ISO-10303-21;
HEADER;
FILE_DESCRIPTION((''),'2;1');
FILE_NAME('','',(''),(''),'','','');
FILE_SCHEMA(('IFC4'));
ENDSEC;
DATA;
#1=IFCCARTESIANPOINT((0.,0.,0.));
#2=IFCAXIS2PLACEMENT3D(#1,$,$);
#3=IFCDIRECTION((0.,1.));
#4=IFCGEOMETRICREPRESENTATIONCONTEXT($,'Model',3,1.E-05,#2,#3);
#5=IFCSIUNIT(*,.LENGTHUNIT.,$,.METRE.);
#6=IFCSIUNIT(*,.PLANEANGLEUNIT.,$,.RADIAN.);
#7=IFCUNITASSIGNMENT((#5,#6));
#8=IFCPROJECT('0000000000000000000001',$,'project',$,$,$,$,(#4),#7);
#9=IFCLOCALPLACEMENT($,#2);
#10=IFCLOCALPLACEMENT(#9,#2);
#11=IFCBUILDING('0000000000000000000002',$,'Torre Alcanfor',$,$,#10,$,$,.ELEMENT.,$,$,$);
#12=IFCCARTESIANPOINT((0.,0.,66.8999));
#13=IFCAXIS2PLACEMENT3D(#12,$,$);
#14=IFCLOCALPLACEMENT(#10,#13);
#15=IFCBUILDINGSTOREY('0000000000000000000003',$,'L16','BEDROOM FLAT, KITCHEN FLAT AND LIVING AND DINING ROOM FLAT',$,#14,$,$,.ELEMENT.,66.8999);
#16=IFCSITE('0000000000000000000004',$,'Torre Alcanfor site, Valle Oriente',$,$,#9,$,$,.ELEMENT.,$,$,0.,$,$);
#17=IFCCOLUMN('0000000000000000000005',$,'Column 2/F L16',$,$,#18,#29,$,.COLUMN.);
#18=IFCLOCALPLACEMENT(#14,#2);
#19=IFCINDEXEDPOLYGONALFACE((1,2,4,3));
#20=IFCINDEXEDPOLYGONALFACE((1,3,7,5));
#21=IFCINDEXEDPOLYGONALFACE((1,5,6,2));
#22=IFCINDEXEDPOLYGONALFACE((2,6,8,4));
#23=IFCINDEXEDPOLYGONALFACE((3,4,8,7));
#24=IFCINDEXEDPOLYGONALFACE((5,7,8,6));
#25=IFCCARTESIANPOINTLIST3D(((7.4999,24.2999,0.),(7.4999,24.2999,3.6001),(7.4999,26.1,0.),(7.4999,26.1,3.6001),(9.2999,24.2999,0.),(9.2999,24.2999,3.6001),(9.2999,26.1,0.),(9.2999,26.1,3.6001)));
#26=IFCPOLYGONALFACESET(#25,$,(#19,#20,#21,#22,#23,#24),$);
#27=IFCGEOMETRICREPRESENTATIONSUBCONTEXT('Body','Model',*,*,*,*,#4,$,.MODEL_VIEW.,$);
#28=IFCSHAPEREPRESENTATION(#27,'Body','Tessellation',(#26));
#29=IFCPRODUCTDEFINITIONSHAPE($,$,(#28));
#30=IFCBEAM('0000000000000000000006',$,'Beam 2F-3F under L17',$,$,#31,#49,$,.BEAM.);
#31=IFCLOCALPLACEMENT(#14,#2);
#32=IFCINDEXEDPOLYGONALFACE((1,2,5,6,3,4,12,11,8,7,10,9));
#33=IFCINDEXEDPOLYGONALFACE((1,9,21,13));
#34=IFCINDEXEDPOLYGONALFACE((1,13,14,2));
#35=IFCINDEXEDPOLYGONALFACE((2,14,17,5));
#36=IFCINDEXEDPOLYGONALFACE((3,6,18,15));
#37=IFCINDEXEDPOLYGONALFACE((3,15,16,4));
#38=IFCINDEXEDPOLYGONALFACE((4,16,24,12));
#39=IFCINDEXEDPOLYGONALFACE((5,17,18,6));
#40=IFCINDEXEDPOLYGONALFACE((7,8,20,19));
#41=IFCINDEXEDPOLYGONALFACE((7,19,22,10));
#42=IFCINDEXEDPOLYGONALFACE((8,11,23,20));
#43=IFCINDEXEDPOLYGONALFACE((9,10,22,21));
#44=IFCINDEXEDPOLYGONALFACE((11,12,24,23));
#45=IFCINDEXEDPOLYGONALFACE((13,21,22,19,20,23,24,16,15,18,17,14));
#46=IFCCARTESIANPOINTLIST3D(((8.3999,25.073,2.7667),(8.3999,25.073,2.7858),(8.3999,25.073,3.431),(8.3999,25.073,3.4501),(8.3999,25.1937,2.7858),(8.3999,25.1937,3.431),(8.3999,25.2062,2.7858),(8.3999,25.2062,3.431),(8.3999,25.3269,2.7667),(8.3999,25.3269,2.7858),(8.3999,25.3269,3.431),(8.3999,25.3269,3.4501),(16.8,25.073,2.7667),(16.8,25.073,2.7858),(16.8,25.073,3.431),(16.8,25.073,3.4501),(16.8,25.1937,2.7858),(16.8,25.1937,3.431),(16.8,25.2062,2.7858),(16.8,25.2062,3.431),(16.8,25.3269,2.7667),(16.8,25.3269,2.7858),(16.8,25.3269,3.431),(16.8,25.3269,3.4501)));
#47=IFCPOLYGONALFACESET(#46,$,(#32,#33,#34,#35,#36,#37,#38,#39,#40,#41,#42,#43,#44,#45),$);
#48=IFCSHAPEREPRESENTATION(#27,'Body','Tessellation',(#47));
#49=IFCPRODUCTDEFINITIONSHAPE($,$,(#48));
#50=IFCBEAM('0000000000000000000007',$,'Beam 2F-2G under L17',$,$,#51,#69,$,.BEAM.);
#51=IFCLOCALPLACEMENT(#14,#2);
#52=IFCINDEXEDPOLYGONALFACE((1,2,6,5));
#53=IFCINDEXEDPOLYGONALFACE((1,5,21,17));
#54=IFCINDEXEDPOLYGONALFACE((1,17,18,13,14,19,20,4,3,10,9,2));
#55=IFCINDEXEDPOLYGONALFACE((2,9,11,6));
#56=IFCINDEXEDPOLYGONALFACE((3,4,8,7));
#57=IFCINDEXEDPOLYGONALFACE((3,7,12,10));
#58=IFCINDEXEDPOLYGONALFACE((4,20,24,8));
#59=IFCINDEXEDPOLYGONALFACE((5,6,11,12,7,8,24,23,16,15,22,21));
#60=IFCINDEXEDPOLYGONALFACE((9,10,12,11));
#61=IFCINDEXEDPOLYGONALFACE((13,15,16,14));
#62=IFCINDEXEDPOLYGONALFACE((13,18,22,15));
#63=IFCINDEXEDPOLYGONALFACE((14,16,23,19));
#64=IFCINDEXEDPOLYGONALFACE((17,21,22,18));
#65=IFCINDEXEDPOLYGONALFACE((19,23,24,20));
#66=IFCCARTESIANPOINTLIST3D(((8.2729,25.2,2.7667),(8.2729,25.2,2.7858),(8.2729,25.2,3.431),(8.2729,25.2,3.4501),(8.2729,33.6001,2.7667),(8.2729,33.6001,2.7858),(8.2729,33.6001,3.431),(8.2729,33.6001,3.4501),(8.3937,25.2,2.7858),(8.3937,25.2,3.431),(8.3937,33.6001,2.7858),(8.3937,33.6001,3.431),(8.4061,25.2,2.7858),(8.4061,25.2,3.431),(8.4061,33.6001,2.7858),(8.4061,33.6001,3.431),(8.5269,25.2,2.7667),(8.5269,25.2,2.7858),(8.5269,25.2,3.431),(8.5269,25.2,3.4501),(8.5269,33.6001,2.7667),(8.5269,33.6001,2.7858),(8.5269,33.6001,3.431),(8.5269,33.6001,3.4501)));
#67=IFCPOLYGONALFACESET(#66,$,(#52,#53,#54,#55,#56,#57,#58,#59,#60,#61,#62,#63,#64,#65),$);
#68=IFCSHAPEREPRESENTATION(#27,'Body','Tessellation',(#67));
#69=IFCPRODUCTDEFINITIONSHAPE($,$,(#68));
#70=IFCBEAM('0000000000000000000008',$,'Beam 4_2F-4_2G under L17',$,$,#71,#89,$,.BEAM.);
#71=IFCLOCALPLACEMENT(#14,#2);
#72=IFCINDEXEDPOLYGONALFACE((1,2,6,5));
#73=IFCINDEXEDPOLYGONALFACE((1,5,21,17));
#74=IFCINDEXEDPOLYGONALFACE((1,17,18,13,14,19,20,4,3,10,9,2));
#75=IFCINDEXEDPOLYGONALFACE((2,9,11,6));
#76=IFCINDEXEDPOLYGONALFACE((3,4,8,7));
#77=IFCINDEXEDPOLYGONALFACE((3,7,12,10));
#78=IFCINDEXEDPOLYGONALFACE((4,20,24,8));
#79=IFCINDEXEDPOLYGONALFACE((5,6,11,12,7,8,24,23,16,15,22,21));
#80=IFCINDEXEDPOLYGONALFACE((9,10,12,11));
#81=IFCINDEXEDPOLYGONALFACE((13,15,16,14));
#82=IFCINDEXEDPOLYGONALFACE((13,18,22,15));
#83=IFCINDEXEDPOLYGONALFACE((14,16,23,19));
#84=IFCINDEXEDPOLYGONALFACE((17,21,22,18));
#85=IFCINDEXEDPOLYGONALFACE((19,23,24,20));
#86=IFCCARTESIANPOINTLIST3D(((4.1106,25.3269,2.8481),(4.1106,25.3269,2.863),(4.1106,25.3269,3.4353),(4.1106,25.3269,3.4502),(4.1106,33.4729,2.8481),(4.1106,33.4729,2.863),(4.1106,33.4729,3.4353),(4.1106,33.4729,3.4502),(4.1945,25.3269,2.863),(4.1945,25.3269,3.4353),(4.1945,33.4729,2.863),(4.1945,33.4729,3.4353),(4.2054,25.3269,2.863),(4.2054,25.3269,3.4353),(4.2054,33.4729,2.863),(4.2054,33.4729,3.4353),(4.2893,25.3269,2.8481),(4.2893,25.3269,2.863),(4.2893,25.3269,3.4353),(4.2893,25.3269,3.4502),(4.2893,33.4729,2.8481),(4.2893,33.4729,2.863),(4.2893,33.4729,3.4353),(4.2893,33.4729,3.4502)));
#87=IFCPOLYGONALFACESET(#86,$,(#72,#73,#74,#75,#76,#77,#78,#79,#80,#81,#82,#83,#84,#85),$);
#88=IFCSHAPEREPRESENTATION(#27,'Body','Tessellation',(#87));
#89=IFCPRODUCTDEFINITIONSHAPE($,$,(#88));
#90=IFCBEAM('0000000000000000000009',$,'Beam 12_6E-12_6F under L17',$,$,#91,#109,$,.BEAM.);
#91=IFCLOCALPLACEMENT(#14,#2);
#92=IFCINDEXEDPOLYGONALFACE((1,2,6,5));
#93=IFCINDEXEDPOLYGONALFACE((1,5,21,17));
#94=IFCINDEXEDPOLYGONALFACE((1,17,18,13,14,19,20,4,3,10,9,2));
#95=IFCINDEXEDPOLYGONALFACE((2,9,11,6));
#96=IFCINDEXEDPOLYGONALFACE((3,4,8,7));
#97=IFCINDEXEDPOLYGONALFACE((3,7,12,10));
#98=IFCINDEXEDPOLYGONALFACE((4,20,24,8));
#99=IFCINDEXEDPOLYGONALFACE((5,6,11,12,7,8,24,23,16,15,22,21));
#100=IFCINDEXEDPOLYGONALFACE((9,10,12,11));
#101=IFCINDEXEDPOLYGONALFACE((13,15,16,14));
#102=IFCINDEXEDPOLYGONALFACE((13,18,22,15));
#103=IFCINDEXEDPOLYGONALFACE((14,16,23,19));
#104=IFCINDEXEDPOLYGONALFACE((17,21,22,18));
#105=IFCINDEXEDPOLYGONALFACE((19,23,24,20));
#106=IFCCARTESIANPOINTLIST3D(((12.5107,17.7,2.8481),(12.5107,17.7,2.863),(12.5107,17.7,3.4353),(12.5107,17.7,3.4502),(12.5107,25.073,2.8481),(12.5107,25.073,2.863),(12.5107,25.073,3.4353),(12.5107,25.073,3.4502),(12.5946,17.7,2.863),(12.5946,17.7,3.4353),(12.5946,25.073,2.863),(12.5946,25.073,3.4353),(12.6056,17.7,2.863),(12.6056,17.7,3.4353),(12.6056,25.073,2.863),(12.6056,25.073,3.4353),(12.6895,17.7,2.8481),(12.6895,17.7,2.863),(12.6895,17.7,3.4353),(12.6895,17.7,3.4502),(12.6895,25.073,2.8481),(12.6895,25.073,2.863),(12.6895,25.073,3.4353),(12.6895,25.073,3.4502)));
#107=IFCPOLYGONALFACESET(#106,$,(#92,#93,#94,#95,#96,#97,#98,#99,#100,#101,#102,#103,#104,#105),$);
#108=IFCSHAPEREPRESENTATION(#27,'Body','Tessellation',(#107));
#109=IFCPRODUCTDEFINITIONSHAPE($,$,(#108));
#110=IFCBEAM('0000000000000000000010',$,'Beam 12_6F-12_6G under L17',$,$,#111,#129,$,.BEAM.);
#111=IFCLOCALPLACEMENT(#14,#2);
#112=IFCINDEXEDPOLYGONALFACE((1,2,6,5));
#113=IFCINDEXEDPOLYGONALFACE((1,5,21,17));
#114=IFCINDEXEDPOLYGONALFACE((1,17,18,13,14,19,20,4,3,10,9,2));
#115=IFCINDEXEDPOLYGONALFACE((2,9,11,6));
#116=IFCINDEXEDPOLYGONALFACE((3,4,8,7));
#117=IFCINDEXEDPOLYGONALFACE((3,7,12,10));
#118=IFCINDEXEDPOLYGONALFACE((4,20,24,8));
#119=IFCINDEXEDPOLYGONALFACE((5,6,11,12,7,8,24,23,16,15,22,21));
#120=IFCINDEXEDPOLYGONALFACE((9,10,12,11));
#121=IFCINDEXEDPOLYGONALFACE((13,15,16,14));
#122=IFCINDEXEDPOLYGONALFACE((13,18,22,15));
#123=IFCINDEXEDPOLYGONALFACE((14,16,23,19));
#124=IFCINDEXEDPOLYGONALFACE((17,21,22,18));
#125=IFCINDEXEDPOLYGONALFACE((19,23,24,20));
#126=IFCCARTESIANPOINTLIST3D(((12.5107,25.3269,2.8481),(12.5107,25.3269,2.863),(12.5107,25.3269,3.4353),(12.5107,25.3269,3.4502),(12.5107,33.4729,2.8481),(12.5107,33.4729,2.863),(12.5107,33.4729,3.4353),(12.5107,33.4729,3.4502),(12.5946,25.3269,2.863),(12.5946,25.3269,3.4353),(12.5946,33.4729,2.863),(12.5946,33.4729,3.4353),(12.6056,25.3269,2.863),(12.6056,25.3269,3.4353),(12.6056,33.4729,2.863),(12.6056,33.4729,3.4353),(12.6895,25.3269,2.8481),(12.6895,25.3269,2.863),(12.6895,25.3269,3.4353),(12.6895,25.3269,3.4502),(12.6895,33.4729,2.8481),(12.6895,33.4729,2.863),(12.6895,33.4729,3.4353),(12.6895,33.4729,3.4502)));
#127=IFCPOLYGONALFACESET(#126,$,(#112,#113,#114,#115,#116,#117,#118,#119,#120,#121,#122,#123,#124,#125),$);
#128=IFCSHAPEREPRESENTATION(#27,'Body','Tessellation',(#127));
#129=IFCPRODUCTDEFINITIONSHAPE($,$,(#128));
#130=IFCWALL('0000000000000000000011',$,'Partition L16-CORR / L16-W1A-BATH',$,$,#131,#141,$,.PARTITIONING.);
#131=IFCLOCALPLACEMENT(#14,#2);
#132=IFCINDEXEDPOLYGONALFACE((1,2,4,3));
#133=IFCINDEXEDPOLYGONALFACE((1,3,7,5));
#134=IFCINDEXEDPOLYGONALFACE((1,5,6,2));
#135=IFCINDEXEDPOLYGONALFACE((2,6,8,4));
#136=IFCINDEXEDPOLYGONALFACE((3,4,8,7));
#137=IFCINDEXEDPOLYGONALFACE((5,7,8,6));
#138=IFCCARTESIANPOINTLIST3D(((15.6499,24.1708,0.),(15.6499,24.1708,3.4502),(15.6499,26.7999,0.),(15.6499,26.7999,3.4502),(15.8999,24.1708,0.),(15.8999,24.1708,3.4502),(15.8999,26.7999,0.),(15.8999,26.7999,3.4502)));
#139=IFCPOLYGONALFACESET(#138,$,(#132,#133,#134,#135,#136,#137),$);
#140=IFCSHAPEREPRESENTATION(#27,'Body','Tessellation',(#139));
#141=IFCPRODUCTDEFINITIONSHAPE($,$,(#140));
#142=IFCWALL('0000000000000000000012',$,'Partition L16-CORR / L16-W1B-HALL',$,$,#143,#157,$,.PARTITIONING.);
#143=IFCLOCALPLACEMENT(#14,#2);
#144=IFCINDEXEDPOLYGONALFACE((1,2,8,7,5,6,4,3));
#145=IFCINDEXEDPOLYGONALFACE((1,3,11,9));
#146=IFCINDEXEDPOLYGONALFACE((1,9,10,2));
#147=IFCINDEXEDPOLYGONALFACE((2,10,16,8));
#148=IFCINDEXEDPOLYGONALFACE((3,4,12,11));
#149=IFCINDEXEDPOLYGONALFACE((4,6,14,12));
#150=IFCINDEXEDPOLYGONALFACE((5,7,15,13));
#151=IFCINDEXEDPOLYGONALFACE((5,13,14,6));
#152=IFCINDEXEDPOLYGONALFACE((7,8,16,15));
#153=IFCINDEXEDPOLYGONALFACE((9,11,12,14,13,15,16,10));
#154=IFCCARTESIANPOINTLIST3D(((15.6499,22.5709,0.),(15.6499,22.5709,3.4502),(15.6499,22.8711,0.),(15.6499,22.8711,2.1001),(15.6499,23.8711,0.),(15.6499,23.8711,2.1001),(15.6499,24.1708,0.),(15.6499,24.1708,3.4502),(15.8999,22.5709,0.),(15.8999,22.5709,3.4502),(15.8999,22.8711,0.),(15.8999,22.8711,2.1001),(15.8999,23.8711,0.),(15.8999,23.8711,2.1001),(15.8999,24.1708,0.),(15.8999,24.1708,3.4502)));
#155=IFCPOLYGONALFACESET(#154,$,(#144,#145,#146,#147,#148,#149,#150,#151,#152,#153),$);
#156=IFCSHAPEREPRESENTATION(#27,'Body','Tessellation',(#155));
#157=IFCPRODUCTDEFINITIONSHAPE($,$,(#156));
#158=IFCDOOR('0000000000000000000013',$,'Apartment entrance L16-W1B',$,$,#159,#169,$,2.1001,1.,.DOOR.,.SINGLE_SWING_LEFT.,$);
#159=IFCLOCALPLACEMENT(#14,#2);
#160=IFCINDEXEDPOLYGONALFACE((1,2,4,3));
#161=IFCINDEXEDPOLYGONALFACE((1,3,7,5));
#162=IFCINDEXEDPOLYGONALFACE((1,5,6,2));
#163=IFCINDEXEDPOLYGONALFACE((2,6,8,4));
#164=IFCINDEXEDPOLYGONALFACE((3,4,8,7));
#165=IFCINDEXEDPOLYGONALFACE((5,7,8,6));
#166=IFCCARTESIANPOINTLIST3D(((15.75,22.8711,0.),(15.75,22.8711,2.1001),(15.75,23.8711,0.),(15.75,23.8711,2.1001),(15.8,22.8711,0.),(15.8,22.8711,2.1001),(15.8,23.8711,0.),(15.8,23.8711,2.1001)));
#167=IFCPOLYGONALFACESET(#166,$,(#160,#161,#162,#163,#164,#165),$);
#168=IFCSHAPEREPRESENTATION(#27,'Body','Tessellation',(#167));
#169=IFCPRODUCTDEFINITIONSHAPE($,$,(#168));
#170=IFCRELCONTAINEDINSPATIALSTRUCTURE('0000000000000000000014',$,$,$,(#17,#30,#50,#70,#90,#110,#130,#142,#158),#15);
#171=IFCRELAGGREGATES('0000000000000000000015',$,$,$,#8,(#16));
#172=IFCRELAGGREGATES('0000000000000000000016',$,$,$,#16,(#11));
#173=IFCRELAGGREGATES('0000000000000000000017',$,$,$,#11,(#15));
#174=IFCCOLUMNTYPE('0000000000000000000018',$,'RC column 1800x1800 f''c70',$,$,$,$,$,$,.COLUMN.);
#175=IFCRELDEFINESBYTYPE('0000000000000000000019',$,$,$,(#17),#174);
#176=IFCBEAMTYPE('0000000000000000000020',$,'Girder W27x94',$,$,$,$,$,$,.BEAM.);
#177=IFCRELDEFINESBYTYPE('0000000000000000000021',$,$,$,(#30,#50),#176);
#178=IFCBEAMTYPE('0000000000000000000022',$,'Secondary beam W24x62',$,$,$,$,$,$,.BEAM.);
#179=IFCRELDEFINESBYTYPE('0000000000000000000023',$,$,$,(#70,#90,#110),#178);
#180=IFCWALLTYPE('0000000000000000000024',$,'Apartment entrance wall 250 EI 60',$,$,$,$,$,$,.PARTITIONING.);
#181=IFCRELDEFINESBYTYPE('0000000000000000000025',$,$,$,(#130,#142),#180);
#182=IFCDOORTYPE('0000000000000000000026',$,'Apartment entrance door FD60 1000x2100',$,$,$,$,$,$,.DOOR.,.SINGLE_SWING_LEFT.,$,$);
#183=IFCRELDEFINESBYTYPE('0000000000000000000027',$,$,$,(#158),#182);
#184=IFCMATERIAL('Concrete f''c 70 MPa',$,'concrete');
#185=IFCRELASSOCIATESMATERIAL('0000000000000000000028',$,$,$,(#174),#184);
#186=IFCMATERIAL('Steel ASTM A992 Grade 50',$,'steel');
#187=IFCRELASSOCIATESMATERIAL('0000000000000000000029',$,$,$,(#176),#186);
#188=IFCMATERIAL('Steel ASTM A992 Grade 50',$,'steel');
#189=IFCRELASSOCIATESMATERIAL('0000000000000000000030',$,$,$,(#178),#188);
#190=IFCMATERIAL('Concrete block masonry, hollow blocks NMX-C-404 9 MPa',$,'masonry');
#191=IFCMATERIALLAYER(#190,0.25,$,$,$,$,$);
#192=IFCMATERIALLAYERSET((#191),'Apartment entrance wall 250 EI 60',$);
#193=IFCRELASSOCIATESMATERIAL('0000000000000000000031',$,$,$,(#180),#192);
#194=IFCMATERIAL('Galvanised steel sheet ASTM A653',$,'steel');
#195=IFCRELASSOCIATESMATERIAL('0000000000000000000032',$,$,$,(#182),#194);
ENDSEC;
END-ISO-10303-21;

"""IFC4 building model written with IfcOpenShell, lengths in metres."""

from ifc_helpers import new_model, si_unit, direction, frame, frame_2d, origin, origin_2d, place, context, subcontext, project, spatial, rectangle, i_section, extrude, material, layer, layer_set, material_profile, profile_set, type_object, element, fill, save


model = new_model("IFC4")

# Units and contexts
model_context = context("Model", 3, precision=1e-05, world=origin(), true_north=direction((0.0, 1.0)))
body_context = subcontext(model_context, "Body", "Model", "MODEL_VIEW")
ifc_project = project(units=[si_unit("LENGTHUNIT", "METRE"), si_unit("PLANEANGLEUNIT", "RADIAN")], contexts=[model_context])

# Site, building, storey
site_placement = place(None, origin())
site = spatial("IfcSite", under=ifc_project, at=site_placement, Name="Torre Alcanfor site, Valle Oriente", CompositionType="ELEMENT", RefElevation=0.0)
building_placement = place(site_placement, origin())
building = spatial("IfcBuilding", under=site, at=building_placement, Name="Torre Alcanfor", CompositionType="ELEMENT")
storey_placement = place(building_placement, frame((0.0, 0.0, 66.8999)))
storey = spatial("IfcBuildingStorey", under=building, at=storey_placement, Name="L16", Description="BEDROOM FLAT, KITCHEN FLAT AND LIVING AND DINING ROOM FLAT", CompositionType="ELEMENT", Elevation=66.8999)

# Column
ifc_material_1 = material(Name="Concrete f'c 70 MPa", Category="concrete")
ifc_material_profile_1 = material_profile(ifc_material_1, rectangle(XDim=1.8, YDim=1.8, at=origin_2d()), Name="1800x1800")
ifc_profile_set_1 = profile_set([ifc_material_profile_1], Name="Concrete f'c 70 MPa")
column_type = type_object("IfcColumnType", Name="RC column 1800x1800 f'c70", PredefinedType="COLUMN", material=ifc_profile_set_1)
column_placement = place(storey_placement, frame((8.3999, 25.2, 0.0), z_axis=(0.0, 0.0, 1.0), x_axis=(1.0, 0.0, 0.0)))
element("IfcColumn", 1, at=column_placement, inside=storey, type_object=column_type, Name="Column 2/F L16", PredefinedType="COLUMN", context=body_context, shape_type="SweptSolid", body=[
    extrude(rectangle(XDim=1.8, YDim=1.8, at=origin_2d()), origin(), (0.0, 0.0, 1.0), 3.6001),
])

# Beams
ifc_material_2 = material(Name="Steel ASTM A992 Grade 50", Category="steel")
ifc_material_profile_2 = material_profile(ifc_material_2, i_section(OverallWidth=0.2539, OverallDepth=0.6833, WebThickness=0.0125, FlangeThickness=0.019, at=origin_2d()), Name="W27x94")
ifc_profile_set_2 = profile_set([ifc_material_profile_2], Name="Steel ASTM A992 Grade 50")
beam_type_1 = type_object("IfcBeamType", Name="Girder W27x94", PredefinedType="BEAM", material=ifc_profile_set_2)
for number, where, z_axis, x_axis, name in (
    (2, (8.3999, 25.2, 3.1084), (1.0, 0.0, 0.0), (0.0, 1.0, 0.0), "Beam 2F-3F under L17"),
    (3, (8.3999, 25.2, 3.1084), (0.0, 1.0, 0.0), (-1.0, 0.0, 0.0), "Beam 2F-2G under L17"),
):
    element("IfcBeam", number, at=place(storey_placement, frame(where, z_axis=z_axis, x_axis=x_axis)), inside=storey, type_object=beam_type_1, Name=name, PredefinedType="BEAM", context=body_context, shape_type="SweptSolid", body=[
        extrude(i_section(OverallWidth=0.2539, OverallDepth=0.6833, WebThickness=0.0125, FlangeThickness=0.019, at=origin_2d()), origin(), (0.0, 0.0, 1.0), 8.4001),
    ])
ifc_material_3 = material(Name="Steel ASTM A992 Grade 50", Category="steel")
ifc_material_profile_3 = material_profile(ifc_material_3, i_section(OverallWidth=0.1787, OverallDepth=0.6021, WebThickness=0.011, FlangeThickness=0.0149, at=origin_2d()), Name="W24x62")
ifc_profile_set_3 = profile_set([ifc_material_profile_3], Name="Steel ASTM A992 Grade 50")
beam_type_2 = type_object("IfcBeamType", Name="Secondary beam W24x62", PredefinedType="BEAM", material=ifc_profile_set_3)
beam_1_placement = place(storey_placement, frame((4.2, 25.3269, 3.1492), z_axis=(0.0, 1.0, 0.0), x_axis=(-1.0, 0.0, 0.0)))
element("IfcBeam", 4, at=beam_1_placement, inside=storey, type_object=beam_type_2, Name="Beam 4_2F-4_2G under L17", PredefinedType="BEAM", context=body_context, shape_type="SweptSolid", body=[
    extrude(i_section(OverallWidth=0.1787, OverallDepth=0.6021, WebThickness=0.011, FlangeThickness=0.0149, at=origin_2d()), origin(), (0.0, 0.0, 1.0), 8.146),
])
beam_2_placement = place(storey_placement, frame((12.6001, 17.7, 3.1492), z_axis=(0.0, 1.0, 0.0), x_axis=(-1.0, 0.0, 0.0)))
element("IfcBeam", 5, at=beam_2_placement, inside=storey, type_object=beam_type_2, Name="Beam 12_6E-12_6F under L17", PredefinedType="BEAM", context=body_context, shape_type="SweptSolid", body=[
    extrude(i_section(OverallWidth=0.1787, OverallDepth=0.6021, WebThickness=0.011, FlangeThickness=0.0149, at=origin_2d()), origin(), (0.0, 0.0, 1.0), 7.373),
])
beam_3_placement = place(storey_placement, frame((12.6001, 25.3269, 3.1492), z_axis=(0.0, 1.0, 0.0), x_axis=(-1.0, 0.0, 0.0)))
element("IfcBeam", 6, at=beam_3_placement, inside=storey, type_object=beam_type_2, Name="Beam 12_6F-12_6G under L17", PredefinedType="BEAM", context=body_context, shape_type="SweptSolid", body=[
    extrude(i_section(OverallWidth=0.1787, OverallDepth=0.6021, WebThickness=0.011, FlangeThickness=0.0149, at=origin_2d()), origin(), (0.0, 0.0, 1.0), 8.146),
])

# Wall
ifc_material_4 = material(Name="Concrete block masonry, hollow blocks NMX-C-404 9 MPa", Category="masonry")
ifc_layer_1 = layer(ifc_material_4, 0.25)
ifc_layer_set_1 = layer_set([ifc_layer_1], Name="Apartment entrance wall 250 EI 60")
wall_type_1 = type_object("IfcWallType", Name="Apartment entrance wall 250 EI 60", PredefinedType="PARTITIONING", material=ifc_layer_set_1)
wall_1_placement = place(storey_placement, frame((15.7749, 24.1709, 0.0), z_axis=(0.0, 0.0, 1.0), x_axis=(0.0, 1.0, 0.0)))
element("IfcWall", 7, at=wall_1_placement, inside=storey, type_object=wall_type_1, Name="Partition L16-CORR / L16-W1A-BATH", PredefinedType="PARTITIONING", context=body_context, shape_type="SweptSolid", body=[
    extrude(rectangle(XDim=2.6292, YDim=0.25, at=frame_2d((1.3145, 0.0))), origin(), (0.0, 0.0, 1.0), 3.4502),
])

# Wall, opening, door
wall_2_placement = place(storey_placement, frame((15.7749, 22.571, 0.0), z_axis=(0.0, 0.0, 1.0), x_axis=(0.0, 1.0, 0.0)))
wall_2 = element("IfcWall", 8, at=wall_2_placement, inside=storey, type_object=wall_type_1, Name="Partition L16-CORR / L16-W1B-HALL", PredefinedType="PARTITIONING", context=body_context, shape_type="SweptSolid", body=[
    extrude(rectangle(XDim=1.5999, YDim=0.25, at=frame_2d((0.7998, 0.0))), origin(), (0.0, 0.0, 1.0), 3.4502),
])
opening_1_placement = place(wall_2_placement, frame((0.3, 0.0, 0.0)))
opening_1 = element("IfcOpeningElement", 9, at=opening_1_placement, cuts=wall_2, PredefinedType="OPENING", context=body_context, shape_type="SweptSolid", body=[
    extrude(rectangle(XDim=1.0, YDim=2.1001, at=frame_2d((0.5, 1.05))), frame((0.0, 0.135, 0.0), z_axis=(0.0, -1.0, 0.0), x_axis=(1.0, 0.0, 0.0)), (0.0, 0.0, 1.0), 0.27),
])
ifc_material_5 = material(Name="Galvanised steel sheet ASTM A653", Category="steel")
door_type_1 = type_object("IfcDoorType", Name="Apartment entrance door FD60 1000x2100", OperationType="SINGLE_SWING_LEFT", PredefinedType="DOOR", material=ifc_material_5)
door_1_placement = place(opening_1_placement, origin())
door_1 = element("IfcDoor", 10, at=door_1_placement, inside=storey, type_object=door_type_1, Name="Apartment entrance L16-W1B", OperationType="SINGLE_SWING_LEFT", OverallHeight=2.1001, OverallWidth=1.0, PredefinedType="DOOR", context=body_context, shape_type="SweptSolid", body=[
    extrude(rectangle(XDim=1.0, YDim=2.1001, at=frame_2d((0.5, 1.05))), frame((0.0, 0.0249, 0.0), z_axis=(0.0, -1.0, 0.0), x_axis=(1.0, 0.0, 0.0)), (0.0, 0.0, 1.0), 0.05),
])
fill(opening_1, door_1)

save(model, "model.ifc")
